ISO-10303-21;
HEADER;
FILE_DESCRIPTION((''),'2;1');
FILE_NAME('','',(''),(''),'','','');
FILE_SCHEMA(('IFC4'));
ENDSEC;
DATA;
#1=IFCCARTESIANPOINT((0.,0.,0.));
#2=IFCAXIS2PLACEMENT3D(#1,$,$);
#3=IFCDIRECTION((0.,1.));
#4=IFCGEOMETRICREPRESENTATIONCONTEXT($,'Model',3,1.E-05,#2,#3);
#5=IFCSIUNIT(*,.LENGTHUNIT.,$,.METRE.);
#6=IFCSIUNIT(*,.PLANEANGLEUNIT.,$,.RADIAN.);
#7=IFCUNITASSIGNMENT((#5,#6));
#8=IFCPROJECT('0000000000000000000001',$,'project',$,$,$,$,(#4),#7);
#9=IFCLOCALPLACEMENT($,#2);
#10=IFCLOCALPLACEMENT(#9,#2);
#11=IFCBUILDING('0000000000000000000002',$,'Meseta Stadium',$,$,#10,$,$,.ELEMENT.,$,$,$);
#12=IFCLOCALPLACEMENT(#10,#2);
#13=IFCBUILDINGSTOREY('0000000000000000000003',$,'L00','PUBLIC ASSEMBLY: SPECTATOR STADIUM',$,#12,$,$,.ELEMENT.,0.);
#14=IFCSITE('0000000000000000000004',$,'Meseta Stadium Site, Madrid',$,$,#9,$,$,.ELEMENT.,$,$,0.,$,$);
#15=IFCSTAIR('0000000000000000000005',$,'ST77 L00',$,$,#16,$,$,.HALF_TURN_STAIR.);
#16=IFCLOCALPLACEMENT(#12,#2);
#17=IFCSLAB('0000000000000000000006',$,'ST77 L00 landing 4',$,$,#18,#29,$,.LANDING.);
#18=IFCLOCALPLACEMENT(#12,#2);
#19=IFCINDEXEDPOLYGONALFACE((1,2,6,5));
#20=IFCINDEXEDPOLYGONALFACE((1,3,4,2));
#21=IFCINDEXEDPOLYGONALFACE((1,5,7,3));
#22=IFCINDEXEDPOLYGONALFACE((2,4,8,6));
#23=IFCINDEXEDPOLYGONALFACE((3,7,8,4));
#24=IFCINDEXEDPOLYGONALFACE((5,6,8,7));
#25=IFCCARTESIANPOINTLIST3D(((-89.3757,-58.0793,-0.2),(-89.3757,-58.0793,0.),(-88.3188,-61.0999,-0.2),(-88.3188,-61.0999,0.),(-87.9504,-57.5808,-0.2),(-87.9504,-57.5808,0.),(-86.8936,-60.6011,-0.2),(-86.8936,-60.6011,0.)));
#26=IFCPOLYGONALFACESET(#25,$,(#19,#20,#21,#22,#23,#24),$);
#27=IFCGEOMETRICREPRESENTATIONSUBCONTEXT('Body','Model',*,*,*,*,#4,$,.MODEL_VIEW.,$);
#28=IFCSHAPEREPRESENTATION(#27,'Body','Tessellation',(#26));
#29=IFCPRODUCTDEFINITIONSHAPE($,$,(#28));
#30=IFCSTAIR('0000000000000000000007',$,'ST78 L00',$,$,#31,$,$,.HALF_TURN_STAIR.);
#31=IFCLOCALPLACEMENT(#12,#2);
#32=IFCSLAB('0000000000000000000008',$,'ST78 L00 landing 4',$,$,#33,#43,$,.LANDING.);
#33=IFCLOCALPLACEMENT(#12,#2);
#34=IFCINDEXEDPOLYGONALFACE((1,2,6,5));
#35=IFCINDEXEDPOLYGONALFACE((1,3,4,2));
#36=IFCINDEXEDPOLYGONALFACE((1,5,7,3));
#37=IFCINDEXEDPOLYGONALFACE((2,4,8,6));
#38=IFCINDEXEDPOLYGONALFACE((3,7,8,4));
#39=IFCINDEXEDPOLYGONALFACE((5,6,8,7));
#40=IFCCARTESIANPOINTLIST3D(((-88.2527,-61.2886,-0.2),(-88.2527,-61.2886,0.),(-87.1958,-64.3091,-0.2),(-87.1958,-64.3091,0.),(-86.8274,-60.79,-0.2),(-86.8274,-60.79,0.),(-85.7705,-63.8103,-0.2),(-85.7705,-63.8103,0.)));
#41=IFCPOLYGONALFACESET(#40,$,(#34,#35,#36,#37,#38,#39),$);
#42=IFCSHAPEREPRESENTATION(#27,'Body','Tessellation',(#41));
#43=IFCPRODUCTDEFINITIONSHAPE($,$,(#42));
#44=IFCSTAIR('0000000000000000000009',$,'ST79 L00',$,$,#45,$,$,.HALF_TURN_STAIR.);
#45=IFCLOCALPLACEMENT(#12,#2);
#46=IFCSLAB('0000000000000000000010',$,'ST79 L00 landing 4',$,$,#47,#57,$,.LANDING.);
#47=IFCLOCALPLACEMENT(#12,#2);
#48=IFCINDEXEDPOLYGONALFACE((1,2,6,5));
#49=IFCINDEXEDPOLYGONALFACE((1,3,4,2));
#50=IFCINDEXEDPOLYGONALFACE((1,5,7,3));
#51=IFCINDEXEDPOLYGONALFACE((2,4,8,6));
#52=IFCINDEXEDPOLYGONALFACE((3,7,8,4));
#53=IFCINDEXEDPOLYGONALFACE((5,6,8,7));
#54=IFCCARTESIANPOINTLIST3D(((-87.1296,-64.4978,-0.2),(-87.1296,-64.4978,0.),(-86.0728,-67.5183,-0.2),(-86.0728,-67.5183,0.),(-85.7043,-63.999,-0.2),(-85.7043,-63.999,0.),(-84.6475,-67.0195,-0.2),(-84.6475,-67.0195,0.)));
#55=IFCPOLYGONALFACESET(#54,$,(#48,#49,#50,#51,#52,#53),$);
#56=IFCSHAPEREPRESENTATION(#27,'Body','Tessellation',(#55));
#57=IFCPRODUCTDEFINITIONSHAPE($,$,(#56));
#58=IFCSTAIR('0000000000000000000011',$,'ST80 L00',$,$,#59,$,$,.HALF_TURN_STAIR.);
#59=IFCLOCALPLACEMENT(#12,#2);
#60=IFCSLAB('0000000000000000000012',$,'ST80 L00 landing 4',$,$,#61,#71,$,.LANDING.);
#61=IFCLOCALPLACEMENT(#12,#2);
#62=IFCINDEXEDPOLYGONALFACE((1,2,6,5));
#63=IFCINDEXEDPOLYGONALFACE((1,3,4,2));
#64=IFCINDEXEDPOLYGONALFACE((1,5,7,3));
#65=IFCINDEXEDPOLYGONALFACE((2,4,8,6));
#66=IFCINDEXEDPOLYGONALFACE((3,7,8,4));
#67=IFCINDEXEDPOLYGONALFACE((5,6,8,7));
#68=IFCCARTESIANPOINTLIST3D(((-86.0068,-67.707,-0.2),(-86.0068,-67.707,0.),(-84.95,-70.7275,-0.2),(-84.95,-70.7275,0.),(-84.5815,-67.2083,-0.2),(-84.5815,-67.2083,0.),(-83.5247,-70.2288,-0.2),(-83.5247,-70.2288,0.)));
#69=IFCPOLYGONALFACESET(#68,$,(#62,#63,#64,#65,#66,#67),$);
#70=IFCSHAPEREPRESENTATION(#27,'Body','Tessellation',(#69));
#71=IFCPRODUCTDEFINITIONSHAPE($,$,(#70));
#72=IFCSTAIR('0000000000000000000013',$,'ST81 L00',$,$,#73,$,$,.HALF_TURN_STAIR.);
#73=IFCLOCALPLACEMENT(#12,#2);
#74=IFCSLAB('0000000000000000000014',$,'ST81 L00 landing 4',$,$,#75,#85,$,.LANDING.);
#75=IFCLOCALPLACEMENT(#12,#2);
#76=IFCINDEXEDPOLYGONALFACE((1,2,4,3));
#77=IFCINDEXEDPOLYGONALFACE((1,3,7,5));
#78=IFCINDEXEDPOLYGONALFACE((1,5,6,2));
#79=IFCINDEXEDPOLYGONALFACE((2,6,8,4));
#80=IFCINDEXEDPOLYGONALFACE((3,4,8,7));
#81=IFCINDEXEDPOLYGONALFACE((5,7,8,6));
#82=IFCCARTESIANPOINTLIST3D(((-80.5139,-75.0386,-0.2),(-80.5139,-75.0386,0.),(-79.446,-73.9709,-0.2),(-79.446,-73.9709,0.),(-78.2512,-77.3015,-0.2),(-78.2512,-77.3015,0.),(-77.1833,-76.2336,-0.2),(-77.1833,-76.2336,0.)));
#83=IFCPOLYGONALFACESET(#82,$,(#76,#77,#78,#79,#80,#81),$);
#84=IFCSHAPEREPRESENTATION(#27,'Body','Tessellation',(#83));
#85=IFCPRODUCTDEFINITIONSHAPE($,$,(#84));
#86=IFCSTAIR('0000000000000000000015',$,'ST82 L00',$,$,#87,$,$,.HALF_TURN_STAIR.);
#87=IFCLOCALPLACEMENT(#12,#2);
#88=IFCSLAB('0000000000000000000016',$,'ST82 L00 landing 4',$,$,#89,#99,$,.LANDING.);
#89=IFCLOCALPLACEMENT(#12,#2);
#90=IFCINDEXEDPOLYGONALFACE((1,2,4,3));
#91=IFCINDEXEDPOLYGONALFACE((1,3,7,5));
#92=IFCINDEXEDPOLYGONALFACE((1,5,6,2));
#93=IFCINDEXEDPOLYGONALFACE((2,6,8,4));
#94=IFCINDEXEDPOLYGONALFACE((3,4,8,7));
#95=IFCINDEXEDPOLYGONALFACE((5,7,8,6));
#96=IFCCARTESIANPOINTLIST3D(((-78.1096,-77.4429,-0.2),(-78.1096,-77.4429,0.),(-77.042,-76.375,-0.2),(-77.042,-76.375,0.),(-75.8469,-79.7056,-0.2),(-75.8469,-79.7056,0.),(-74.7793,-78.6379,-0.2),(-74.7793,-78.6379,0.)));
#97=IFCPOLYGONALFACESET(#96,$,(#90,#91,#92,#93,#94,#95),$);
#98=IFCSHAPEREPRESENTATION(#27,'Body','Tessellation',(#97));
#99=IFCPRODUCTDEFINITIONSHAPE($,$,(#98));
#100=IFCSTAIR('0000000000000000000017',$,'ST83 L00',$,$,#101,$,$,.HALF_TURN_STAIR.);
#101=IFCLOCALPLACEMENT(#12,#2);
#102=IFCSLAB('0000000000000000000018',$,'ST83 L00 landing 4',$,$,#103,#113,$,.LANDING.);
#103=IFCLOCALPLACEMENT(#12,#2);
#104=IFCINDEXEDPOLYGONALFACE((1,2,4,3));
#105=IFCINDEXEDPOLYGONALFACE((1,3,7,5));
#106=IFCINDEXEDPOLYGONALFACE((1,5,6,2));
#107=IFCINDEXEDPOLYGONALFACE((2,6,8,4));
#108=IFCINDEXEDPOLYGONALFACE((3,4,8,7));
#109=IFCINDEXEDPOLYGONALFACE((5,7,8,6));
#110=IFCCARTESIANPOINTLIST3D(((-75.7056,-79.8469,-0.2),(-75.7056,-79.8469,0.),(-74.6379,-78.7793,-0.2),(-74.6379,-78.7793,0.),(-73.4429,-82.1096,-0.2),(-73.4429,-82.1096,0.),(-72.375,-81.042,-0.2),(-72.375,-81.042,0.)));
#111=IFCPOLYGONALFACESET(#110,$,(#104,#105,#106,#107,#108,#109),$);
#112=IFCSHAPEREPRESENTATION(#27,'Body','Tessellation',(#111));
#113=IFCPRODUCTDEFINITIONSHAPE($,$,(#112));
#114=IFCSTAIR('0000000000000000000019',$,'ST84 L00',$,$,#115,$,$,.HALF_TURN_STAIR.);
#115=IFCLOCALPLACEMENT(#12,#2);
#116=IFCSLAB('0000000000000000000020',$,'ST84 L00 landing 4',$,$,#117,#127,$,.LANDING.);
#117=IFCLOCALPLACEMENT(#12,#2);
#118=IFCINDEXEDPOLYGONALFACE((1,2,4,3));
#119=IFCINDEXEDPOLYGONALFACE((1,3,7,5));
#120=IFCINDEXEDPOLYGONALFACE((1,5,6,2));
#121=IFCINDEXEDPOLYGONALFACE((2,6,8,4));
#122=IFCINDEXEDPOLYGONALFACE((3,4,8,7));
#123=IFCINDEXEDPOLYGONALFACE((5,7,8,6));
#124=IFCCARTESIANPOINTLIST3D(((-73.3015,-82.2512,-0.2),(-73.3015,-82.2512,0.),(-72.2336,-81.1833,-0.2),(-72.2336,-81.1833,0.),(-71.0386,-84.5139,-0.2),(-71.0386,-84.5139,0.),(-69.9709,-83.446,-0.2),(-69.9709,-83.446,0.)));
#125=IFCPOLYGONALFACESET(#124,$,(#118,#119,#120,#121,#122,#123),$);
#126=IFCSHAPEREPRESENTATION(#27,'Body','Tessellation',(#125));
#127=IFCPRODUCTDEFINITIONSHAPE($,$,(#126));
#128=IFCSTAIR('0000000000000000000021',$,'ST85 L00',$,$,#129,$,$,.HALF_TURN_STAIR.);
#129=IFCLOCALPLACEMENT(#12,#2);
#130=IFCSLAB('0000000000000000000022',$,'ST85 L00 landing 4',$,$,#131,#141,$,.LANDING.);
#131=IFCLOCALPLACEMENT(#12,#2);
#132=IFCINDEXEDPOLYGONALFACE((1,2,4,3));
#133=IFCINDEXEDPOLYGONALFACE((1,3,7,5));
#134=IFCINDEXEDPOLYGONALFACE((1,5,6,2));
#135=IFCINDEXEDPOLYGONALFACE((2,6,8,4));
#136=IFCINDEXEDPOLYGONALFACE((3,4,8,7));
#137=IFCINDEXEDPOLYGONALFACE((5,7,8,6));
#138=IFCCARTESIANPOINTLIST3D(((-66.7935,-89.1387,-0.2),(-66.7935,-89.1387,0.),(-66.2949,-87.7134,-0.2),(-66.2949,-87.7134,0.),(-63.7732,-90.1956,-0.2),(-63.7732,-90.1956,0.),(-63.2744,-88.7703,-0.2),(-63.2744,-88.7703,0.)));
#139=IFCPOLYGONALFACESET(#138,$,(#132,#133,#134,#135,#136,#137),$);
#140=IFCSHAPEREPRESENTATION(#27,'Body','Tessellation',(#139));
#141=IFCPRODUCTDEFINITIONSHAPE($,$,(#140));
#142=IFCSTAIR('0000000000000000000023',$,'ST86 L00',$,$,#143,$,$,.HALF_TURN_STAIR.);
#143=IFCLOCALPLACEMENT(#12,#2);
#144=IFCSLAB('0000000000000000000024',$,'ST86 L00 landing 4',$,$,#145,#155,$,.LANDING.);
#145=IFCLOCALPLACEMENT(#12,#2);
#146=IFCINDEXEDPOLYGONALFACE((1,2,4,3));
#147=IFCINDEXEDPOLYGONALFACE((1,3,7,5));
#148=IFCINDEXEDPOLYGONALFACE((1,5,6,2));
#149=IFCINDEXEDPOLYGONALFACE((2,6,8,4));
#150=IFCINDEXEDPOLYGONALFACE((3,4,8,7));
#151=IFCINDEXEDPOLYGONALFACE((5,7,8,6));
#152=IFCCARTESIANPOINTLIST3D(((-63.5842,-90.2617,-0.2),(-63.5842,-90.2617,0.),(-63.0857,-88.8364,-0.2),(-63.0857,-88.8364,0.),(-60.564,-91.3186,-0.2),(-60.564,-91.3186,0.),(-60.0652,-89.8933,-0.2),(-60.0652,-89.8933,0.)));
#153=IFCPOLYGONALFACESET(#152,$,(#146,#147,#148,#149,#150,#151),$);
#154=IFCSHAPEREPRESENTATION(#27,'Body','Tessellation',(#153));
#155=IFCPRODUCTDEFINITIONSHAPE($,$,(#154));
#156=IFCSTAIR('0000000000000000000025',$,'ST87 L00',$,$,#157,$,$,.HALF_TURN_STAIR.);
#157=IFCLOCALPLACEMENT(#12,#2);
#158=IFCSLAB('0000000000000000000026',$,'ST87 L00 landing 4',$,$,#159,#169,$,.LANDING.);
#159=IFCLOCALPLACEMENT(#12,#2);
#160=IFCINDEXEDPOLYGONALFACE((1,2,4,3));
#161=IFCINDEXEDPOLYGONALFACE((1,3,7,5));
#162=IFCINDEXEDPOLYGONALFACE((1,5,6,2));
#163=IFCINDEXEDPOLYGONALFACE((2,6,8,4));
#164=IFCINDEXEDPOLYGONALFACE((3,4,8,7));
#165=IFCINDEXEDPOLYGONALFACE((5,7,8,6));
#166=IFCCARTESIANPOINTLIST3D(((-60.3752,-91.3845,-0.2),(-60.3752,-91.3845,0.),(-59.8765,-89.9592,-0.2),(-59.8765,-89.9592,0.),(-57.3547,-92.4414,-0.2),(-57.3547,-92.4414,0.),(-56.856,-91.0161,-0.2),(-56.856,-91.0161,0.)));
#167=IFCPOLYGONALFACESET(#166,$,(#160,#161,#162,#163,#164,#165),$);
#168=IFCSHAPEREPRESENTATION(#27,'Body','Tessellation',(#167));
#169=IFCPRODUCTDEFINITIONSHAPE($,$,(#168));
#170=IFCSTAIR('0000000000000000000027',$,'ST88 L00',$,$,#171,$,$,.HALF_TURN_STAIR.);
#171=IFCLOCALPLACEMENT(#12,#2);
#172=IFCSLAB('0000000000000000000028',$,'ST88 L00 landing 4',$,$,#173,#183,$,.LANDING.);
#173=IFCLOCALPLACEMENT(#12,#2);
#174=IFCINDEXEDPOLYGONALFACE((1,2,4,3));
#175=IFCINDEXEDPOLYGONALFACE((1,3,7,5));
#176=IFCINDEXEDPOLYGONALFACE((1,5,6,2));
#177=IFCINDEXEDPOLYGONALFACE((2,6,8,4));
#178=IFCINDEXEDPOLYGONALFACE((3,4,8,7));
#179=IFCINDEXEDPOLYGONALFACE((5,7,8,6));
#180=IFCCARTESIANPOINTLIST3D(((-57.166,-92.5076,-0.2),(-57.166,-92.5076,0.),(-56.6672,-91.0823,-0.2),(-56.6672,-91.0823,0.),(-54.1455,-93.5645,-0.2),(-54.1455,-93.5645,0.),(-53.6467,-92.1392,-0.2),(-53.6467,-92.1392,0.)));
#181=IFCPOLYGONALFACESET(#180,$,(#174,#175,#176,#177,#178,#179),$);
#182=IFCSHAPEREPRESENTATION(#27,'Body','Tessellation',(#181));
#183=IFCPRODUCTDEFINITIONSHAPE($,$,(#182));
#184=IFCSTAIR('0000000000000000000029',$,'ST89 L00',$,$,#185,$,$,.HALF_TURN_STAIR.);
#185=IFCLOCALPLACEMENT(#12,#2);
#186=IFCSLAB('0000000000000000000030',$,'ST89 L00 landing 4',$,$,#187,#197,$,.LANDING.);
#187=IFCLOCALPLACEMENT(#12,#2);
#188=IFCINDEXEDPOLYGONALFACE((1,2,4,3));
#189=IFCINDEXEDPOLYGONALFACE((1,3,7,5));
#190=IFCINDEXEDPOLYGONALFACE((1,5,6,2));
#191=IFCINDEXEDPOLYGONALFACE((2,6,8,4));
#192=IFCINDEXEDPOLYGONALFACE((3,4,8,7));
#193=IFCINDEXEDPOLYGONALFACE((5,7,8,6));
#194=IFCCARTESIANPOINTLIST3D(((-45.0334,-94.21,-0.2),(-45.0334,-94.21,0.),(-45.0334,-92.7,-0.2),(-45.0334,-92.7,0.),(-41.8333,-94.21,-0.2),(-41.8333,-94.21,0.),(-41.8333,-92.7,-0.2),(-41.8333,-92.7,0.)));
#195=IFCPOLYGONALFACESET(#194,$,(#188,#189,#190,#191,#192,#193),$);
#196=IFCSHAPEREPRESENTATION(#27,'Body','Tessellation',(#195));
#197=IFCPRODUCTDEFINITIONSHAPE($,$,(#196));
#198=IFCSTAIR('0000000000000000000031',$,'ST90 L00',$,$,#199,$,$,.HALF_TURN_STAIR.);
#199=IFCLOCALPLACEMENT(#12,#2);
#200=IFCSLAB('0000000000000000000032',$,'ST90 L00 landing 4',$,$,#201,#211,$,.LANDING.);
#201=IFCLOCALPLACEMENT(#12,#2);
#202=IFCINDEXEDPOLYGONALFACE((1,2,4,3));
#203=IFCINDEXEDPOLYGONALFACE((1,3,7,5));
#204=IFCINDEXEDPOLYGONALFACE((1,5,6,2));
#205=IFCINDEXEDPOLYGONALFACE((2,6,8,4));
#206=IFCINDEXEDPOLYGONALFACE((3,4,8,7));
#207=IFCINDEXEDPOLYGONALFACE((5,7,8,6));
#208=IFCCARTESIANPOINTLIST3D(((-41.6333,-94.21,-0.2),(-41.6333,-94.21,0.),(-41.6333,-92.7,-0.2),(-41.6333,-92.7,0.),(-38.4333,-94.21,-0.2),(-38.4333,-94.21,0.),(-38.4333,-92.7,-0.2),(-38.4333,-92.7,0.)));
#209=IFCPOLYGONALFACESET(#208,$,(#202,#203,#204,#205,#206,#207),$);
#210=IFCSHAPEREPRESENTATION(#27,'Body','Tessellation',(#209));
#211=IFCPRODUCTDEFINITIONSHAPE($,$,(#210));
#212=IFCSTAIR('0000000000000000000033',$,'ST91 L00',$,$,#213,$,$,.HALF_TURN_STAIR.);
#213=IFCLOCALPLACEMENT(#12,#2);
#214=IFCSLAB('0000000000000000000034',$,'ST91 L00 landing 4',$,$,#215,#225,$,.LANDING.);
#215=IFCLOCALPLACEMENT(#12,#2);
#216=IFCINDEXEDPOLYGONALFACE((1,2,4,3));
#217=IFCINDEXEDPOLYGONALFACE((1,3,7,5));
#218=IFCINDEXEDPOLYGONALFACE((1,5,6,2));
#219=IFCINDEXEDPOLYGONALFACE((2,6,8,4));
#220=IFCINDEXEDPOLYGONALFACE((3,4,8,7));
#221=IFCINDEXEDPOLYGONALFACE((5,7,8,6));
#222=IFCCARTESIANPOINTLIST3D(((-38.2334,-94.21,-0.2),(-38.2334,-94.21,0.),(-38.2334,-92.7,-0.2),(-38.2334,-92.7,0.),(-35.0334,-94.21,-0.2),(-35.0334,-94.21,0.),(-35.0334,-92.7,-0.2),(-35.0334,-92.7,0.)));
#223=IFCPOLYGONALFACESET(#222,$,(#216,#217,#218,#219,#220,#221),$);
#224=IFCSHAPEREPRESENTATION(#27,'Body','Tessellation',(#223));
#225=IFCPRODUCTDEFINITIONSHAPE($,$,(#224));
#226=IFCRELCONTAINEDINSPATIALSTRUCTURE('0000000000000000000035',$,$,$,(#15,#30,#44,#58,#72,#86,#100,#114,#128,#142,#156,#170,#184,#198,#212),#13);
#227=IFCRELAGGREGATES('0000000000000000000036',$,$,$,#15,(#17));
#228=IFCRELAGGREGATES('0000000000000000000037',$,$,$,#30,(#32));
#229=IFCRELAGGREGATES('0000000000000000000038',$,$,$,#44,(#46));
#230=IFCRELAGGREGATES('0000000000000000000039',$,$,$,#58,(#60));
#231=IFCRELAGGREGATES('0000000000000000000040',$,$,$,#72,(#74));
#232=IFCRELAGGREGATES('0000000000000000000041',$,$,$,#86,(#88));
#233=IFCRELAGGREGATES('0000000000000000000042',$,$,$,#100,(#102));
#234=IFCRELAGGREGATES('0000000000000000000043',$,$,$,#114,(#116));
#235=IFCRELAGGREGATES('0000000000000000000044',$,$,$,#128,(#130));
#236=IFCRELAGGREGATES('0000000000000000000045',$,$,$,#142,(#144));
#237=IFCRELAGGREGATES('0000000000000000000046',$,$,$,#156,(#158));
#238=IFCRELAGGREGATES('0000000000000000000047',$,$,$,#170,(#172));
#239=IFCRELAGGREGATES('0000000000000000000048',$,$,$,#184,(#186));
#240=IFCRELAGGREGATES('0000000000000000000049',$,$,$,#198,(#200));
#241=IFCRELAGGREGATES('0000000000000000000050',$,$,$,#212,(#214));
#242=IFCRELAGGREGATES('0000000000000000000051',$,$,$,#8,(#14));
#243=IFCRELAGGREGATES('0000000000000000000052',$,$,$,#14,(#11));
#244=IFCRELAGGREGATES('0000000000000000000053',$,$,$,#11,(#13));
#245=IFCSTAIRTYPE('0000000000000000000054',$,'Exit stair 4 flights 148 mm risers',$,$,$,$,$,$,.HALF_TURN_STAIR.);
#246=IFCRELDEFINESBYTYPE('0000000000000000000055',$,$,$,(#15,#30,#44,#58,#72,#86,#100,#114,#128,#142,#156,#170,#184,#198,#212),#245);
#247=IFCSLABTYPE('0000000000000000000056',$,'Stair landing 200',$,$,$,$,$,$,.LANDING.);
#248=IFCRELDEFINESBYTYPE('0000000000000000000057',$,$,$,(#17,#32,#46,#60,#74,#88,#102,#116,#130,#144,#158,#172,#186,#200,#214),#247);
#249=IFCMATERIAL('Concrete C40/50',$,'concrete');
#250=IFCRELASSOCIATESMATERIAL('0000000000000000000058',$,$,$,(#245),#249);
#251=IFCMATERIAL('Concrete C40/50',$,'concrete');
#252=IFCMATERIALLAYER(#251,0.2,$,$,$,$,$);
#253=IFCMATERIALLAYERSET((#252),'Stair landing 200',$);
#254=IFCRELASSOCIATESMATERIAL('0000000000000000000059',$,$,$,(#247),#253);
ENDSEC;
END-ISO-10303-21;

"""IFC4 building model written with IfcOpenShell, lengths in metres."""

from ifc_helpers import new_model, si_unit, direction, frame, origin, place, context, subcontext, project, spatial, polyline, outline, extrude, material, layer, layer_set, type_object, element, aggregate, save


model = new_model("IFC4")

# Units and contexts
model_context = context("Model", 3, precision=1e-05, world=origin(), true_north=direction((0.0, 1.0)))
body_context = subcontext(model_context, "Body", "Model", "MODEL_VIEW")
ifc_project = project(units=[si_unit("LENGTHUNIT", "METRE"), si_unit("PLANEANGLEUNIT", "RADIAN")], contexts=[model_context])

# Site, building, storey
site_placement = place(None, origin())
site = spatial("IfcSite", under=ifc_project, at=site_placement, Name="Meseta Stadium Site, Madrid", CompositionType="ELEMENT", RefElevation=0.0)
building_placement = place(site_placement, origin())
building = spatial("IfcBuilding", under=site, at=building_placement, Name="Meseta Stadium", CompositionType="ELEMENT")
storey_placement = place(building_placement, origin())
storey = spatial("IfcBuildingStorey", under=building, at=storey_placement, Name="L00", Description="PUBLIC ASSEMBLY: SPECTATOR STADIUM", CompositionType="ELEMENT", Elevation=0.0)

# Stairs, slabs
ifc_material_1 = material(Name="Concrete C40/50", Category="concrete")
stair_type = type_object("IfcStairType", Name="Exit stair 4 flights 148 mm risers", PredefinedType="HALF_TURN_STAIR", material=ifc_material_1)
stair_1_placement = place(storey_placement, origin())
stair_1 = element("IfcStair", 1, at=stair_1_placement, inside=storey, type_object=stair_type, Name="ST77 L00", PredefinedType="HALF_TURN_STAIR")
ifc_material_2 = material(Name="Concrete C40/50", Category="concrete")
ifc_layer = layer(ifc_material_2, 0.2)
ifc_layer_set = layer_set([ifc_layer], Name="Stair landing 200")
slab_type = type_object("IfcSlabType", Name="Stair landing 200", PredefinedType="LANDING", material=ifc_layer_set)
slab_1_placement = place(storey_placement, frame((0.0, 0.0, -0.2)))
slab_1 = element("IfcSlab", 2, at=slab_1_placement, type_object=slab_type, Name="ST77 L00 landing 4", PredefinedType="LANDING", context=body_context, shape_type="SweptSolid", body=[
    extrude(outline(polyline([(-87.9504, -57.5808), (-89.3757, -58.0793), (-88.3188, -61.0999), (-86.8936, -60.6011), (-87.9504, -57.5808)])), origin(), (0.0, 0.0, 1.0), 0.2),
])
aggregate(stair_1, [slab_1])
stair_2_placement = place(storey_placement, origin())
stair_2 = element("IfcStair", 3, at=stair_2_placement, inside=storey, type_object=stair_type, Name="ST78 L00", PredefinedType="HALF_TURN_STAIR")
slab_2_placement = place(storey_placement, frame((0.0, 0.0, -0.2)))
slab_2 = element("IfcSlab", 4, at=slab_2_placement, type_object=slab_type, Name="ST78 L00 landing 4", PredefinedType="LANDING", context=body_context, shape_type="SweptSolid", body=[
    extrude(outline(polyline([(-86.8274, -60.79), (-88.2527, -61.2886), (-87.1958, -64.3091), (-85.7705, -63.8103), (-86.8274, -60.79)])), origin(), (0.0, 0.0, 1.0), 0.2),
])
aggregate(stair_2, [slab_2])
stair_3_placement = place(storey_placement, origin())
stair_3 = element("IfcStair", 5, at=stair_3_placement, inside=storey, type_object=stair_type, Name="ST79 L00", PredefinedType="HALF_TURN_STAIR")
slab_3_placement = place(storey_placement, frame((0.0, 0.0, -0.2)))
slab_3 = element("IfcSlab", 6, at=slab_3_placement, type_object=slab_type, Name="ST79 L00 landing 4", PredefinedType="LANDING", context=body_context, shape_type="SweptSolid", body=[
    extrude(outline(polyline([(-85.7043, -63.999), (-87.1296, -64.4978), (-86.0728, -67.5183), (-84.6475, -67.0195), (-85.7043, -63.999)])), origin(), (0.0, 0.0, 1.0), 0.2),
])
aggregate(stair_3, [slab_3])
stair_4_placement = place(storey_placement, origin())
stair_4 = element("IfcStair", 7, at=stair_4_placement, inside=storey, type_object=stair_type, Name="ST80 L00", PredefinedType="HALF_TURN_STAIR")
slab_4_placement = place(storey_placement, frame((0.0, 0.0, -0.2)))
slab_4 = element("IfcSlab", 8, at=slab_4_placement, type_object=slab_type, Name="ST80 L00 landing 4", PredefinedType="LANDING", context=body_context, shape_type="SweptSolid", body=[
    extrude(outline(polyline([(-84.5815, -67.2083), (-86.0068, -67.707), (-84.95, -70.7275), (-83.5247, -70.2288), (-84.5815, -67.2083)])), origin(), (0.0, 0.0, 1.0), 0.2),
])
aggregate(stair_4, [slab_4])
stair_5_placement = place(storey_placement, origin())
stair_5 = element("IfcStair", 9, at=stair_5_placement, inside=storey, type_object=stair_type, Name="ST81 L00", PredefinedType="HALF_TURN_STAIR")
slab_5_placement = place(storey_placement, frame((0.0, 0.0, -0.2)))
slab_5 = element("IfcSlab", 10, at=slab_5_placement, type_object=slab_type, Name="ST81 L00 landing 4", PredefinedType="LANDING", context=body_context, shape_type="SweptSolid", body=[
    extrude(outline(polyline([(-79.446, -73.9709), (-80.5139, -75.0386), (-78.2512, -77.3015), (-77.1833, -76.2336), (-79.446, -73.9709)])), origin(), (0.0, 0.0, 1.0), 0.2),
])
aggregate(stair_5, [slab_5])
stair_6_placement = place(storey_placement, origin())
stair_6 = element("IfcStair", 11, at=stair_6_placement, inside=storey, type_object=stair_type, Name="ST82 L00", PredefinedType="HALF_TURN_STAIR")
slab_6_placement = place(storey_placement, frame((0.0, 0.0, -0.2)))
slab_6 = element("IfcSlab", 12, at=slab_6_placement, type_object=slab_type, Name="ST82 L00 landing 4", PredefinedType="LANDING", context=body_context, shape_type="SweptSolid", body=[
    extrude(outline(polyline([(-77.042, -76.375), (-78.1096, -77.4429), (-75.8469, -79.7056), (-74.7793, -78.6379), (-77.042, -76.375)])), origin(), (0.0, 0.0, 1.0), 0.2),
])
aggregate(stair_6, [slab_6])
stair_7_placement = place(storey_placement, origin())
stair_7 = element("IfcStair", 13, at=stair_7_placement, inside=storey, type_object=stair_type, Name="ST83 L00", PredefinedType="HALF_TURN_STAIR")
slab_7_placement = place(storey_placement, frame((0.0, 0.0, -0.2)))
slab_7 = element("IfcSlab", 14, at=slab_7_placement, type_object=slab_type, Name="ST83 L00 landing 4", PredefinedType="LANDING", context=body_context, shape_type="SweptSolid", body=[
    extrude(outline(polyline([(-74.6379, -78.7793), (-75.7056, -79.8469), (-73.4429, -82.1096), (-72.375, -81.042), (-74.6379, -78.7793)])), origin(), (0.0, 0.0, 1.0), 0.2),
])
aggregate(stair_7, [slab_7])
stair_8_placement = place(storey_placement, origin())
stair_8 = element("IfcStair", 15, at=stair_8_placement, inside=storey, type_object=stair_type, Name="ST84 L00", PredefinedType="HALF_TURN_STAIR")
slab_8_placement = place(storey_placement, frame((0.0, 0.0, -0.2)))
slab_8 = element("IfcSlab", 16, at=slab_8_placement, type_object=slab_type, Name="ST84 L00 landing 4", PredefinedType="LANDING", context=body_context, shape_type="SweptSolid", body=[
    extrude(outline(polyline([(-72.2336, -81.1833), (-73.3015, -82.2512), (-71.0386, -84.5139), (-69.9709, -83.446), (-72.2336, -81.1833)])), origin(), (0.0, 0.0, 1.0), 0.2),
])
aggregate(stair_8, [slab_8])
stair_9_placement = place(storey_placement, origin())
stair_9 = element("IfcStair", 17, at=stair_9_placement, inside=storey, type_object=stair_type, Name="ST85 L00", PredefinedType="HALF_TURN_STAIR")
slab_9_placement = place(storey_placement, frame((0.0, 0.0, -0.2)))
slab_9 = element("IfcSlab", 18, at=slab_9_placement, type_object=slab_type, Name="ST85 L00 landing 4", PredefinedType="LANDING", context=body_context, shape_type="SweptSolid", body=[
    extrude(outline(polyline([(-66.2949, -87.7134), (-66.7935, -89.1387), (-63.7732, -90.1956), (-63.2744, -88.7703), (-66.2949, -87.7134)])), origin(), (0.0, 0.0, 1.0), 0.2),
])
aggregate(stair_9, [slab_9])
stair_10_placement = place(storey_placement, origin())
stair_10 = element("IfcStair", 19, at=stair_10_placement, inside=storey, type_object=stair_type, Name="ST86 L00", PredefinedType="HALF_TURN_STAIR")
slab_10_placement = place(storey_placement, frame((0.0, 0.0, -0.2)))
slab_10 = element("IfcSlab", 20, at=slab_10_placement, type_object=slab_type, Name="ST86 L00 landing 4", PredefinedType="LANDING", context=body_context, shape_type="SweptSolid", body=[
    extrude(outline(polyline([(-63.0857, -88.8364), (-63.5842, -90.2617), (-60.564, -91.3186), (-60.0652, -89.8933), (-63.0857, -88.8364)])), origin(), (0.0, 0.0, 1.0), 0.2),
])
aggregate(stair_10, [slab_10])
stair_11_placement = place(storey_placement, origin())
stair_11 = element("IfcStair", 21, at=stair_11_placement, inside=storey, type_object=stair_type, Name="ST87 L00", PredefinedType="HALF_TURN_STAIR")
slab_11_placement = place(storey_placement, frame((0.0, 0.0, -0.2)))
slab_11 = element("IfcSlab", 22, at=slab_11_placement, type_object=slab_type, Name="ST87 L00 landing 4", PredefinedType="LANDING", context=body_context, shape_type="SweptSolid", body=[
    extrude(outline(polyline([(-59.8765, -89.9592), (-60.3752, -91.3845), (-57.3547, -92.4414), (-56.856, -91.0161), (-59.8765, -89.9592)])), origin(), (0.0, 0.0, 1.0), 0.2),
])
aggregate(stair_11, [slab_11])
stair_12_placement = place(storey_placement, origin())
stair_12 = element("IfcStair", 23, at=stair_12_placement, inside=storey, type_object=stair_type, Name="ST88 L00", PredefinedType="HALF_TURN_STAIR")
slab_12_placement = place(storey_placement, frame((0.0, 0.0, -0.2)))
slab_12 = element("IfcSlab", 24, at=slab_12_placement, type_object=slab_type, Name="ST88 L00 landing 4", PredefinedType="LANDING", context=body_context, shape_type="SweptSolid", body=[
    extrude(outline(polyline([(-56.6672, -91.0823), (-57.166, -92.5076), (-54.1455, -93.5645), (-53.6467, -92.1392), (-56.6672, -91.0823)])), origin(), (0.0, 0.0, 1.0), 0.2),
])
aggregate(stair_12, [slab_12])
stair_13_placement = place(storey_placement, origin())
stair_13 = element("IfcStair", 25, at=stair_13_placement, inside=storey, type_object=stair_type, Name="ST89 L00", PredefinedType="HALF_TURN_STAIR")
slab_13_placement = place(storey_placement, frame((0.0, 0.0, -0.2)))
slab_13 = element("IfcSlab", 26, at=slab_13_placement, type_object=slab_type, Name="ST89 L00 landing 4", PredefinedType="LANDING", context=body_context, shape_type="SweptSolid", body=[
    extrude(outline(polyline([(-45.0334, -92.7), (-45.0334, -94.21), (-41.8333, -94.21), (-41.8333, -92.7), (-45.0334, -92.7)])), origin(), (0.0, 0.0, 1.0), 0.2),
])
aggregate(stair_13, [slab_13])
stair_14_placement = place(storey_placement, origin())
stair_14 = element("IfcStair", 27, at=stair_14_placement, inside=storey, type_object=stair_type, Name="ST90 L00", PredefinedType="HALF_TURN_STAIR")
slab_14_placement = place(storey_placement, frame((0.0, 0.0, -0.2)))
slab_14 = element("IfcSlab", 28, at=slab_14_placement, type_object=slab_type, Name="ST90 L00 landing 4", PredefinedType="LANDING", context=body_context, shape_type="SweptSolid", body=[
    extrude(outline(polyline([(-41.6333, -92.7), (-41.6333, -94.21), (-38.4333, -94.21), (-38.4333, -92.7), (-41.6333, -92.7)])), origin(), (0.0, 0.0, 1.0), 0.2),
])
aggregate(stair_14, [slab_14])
stair_15_placement = place(storey_placement, origin())
stair_15 = element("IfcStair", 29, at=stair_15_placement, inside=storey, type_object=stair_type, Name="ST91 L00", PredefinedType="HALF_TURN_STAIR")
slab_15_placement = place(storey_placement, frame((0.0, 0.0, -0.2)))
slab_15 = element("IfcSlab", 30, at=slab_15_placement, type_object=slab_type, Name="ST91 L00 landing 4", PredefinedType="LANDING", context=body_context, shape_type="SweptSolid", body=[
    extrude(outline(polyline([(-38.2334, -92.7), (-38.2334, -94.21), (-35.0334, -94.21), (-35.0334, -92.7), (-38.2334, -92.7)])), origin(), (0.0, 0.0, 1.0), 0.2),
])
aggregate(stair_15, [slab_15])

save(model, "model.ifc")
